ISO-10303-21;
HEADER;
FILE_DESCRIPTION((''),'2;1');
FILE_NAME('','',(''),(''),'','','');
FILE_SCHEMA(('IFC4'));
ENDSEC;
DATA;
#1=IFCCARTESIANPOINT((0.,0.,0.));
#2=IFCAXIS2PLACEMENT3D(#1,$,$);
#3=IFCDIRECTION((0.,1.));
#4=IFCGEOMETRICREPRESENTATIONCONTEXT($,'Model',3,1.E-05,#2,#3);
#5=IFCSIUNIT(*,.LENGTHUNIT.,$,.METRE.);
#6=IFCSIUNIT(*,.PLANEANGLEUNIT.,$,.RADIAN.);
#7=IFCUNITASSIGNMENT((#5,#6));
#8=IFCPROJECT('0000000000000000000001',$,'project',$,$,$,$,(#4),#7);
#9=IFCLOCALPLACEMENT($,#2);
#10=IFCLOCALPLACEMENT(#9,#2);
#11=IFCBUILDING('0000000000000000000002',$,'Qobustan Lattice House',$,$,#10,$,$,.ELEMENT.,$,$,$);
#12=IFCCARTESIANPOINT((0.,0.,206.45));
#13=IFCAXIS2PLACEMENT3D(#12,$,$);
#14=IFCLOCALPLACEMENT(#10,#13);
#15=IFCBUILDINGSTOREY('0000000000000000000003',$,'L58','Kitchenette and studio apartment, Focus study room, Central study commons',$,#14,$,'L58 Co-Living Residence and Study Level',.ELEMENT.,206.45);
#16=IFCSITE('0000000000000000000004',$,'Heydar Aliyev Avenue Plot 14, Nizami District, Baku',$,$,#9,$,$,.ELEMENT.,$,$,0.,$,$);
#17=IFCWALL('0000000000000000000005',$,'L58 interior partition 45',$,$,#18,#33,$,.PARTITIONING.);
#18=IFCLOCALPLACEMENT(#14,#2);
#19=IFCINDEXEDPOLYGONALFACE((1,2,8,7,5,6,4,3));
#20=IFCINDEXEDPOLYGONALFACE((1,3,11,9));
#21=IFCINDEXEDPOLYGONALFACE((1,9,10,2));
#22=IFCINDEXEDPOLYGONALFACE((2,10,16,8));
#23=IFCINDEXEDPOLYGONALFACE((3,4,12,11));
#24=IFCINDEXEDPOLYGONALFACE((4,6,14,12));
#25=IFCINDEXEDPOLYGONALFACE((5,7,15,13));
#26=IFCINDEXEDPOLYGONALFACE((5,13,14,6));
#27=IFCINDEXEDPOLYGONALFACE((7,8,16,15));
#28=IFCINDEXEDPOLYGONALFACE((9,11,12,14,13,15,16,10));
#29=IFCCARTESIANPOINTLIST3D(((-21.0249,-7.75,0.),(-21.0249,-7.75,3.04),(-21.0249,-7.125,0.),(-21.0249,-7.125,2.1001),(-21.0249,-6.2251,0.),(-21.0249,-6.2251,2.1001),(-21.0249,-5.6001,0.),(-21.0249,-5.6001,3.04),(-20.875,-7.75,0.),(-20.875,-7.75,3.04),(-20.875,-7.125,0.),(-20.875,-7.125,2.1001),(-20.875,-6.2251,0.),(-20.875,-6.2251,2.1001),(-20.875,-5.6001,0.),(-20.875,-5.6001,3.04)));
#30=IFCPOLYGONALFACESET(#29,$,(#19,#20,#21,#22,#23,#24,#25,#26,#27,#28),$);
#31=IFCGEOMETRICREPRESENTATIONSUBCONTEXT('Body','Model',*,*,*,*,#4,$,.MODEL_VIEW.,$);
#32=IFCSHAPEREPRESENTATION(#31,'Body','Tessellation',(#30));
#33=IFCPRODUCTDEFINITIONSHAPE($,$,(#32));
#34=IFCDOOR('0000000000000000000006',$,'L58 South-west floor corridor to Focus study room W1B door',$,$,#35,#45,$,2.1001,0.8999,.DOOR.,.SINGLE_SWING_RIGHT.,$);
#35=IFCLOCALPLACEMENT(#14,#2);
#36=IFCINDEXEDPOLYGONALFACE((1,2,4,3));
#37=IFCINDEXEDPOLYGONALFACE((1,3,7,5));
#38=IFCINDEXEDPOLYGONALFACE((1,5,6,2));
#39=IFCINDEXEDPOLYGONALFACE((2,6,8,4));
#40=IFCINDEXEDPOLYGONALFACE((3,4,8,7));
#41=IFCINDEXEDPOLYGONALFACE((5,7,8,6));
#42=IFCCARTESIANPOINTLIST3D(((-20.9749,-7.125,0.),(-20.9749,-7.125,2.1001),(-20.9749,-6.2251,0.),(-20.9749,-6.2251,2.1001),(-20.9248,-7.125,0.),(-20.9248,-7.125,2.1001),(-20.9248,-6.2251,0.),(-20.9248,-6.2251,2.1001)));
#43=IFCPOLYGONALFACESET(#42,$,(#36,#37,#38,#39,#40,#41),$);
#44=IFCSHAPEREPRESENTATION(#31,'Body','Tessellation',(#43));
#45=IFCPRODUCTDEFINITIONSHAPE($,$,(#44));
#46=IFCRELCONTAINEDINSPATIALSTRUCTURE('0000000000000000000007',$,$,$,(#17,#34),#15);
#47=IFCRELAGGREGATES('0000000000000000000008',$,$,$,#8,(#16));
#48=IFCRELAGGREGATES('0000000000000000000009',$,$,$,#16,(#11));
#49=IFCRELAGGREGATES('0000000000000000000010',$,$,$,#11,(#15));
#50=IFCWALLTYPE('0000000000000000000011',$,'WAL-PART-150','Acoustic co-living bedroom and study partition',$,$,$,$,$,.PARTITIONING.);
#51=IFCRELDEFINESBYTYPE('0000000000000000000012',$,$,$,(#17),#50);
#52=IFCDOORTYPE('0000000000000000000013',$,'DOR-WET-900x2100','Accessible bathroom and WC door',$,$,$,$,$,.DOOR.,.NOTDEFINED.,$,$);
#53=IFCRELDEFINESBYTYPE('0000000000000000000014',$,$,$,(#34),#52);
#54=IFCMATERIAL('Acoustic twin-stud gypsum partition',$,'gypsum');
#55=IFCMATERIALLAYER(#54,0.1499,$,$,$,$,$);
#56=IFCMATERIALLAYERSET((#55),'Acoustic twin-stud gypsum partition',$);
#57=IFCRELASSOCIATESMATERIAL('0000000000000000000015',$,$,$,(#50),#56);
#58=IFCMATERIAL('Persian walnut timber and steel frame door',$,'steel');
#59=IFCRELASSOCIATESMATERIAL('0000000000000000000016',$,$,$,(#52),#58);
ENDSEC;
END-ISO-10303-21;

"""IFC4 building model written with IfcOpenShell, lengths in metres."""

from ifc_helpers import new_model, si_unit, direction, frame, frame_2d, origin, place, context, subcontext, project, spatial, rectangle, extrude, material, layer, layer_set, type_object, element, fill, save


model = new_model("IFC4")

# Units and contexts
model_context = context("Model", 3, precision=1e-05, world=origin(), true_north=direction((0.0, 1.0)))
body_context = subcontext(model_context, "Body", "Model", "MODEL_VIEW")
ifc_project = project(units=[si_unit("LENGTHUNIT", "METRE"), si_unit("PLANEANGLEUNIT", "RADIAN")], contexts=[model_context])

# Site, building, storey
site_placement = place(None, origin())
site = spatial("IfcSite", under=ifc_project, at=site_placement, Name="Heydar Aliyev Avenue Plot 14, Nizami District, Baku", CompositionType="ELEMENT", RefElevation=0.0)
building_placement = place(site_placement, origin())
building = spatial("IfcBuilding", under=site, at=building_placement, Name="Qobustan Lattice House", CompositionType="ELEMENT")
storey_placement = place(building_placement, frame((0.0, 0.0, 206.45)))
storey = spatial("IfcBuildingStorey", under=building, at=storey_placement, Name="L58", Description="Kitchenette and studio apartment, Focus study room, Central study commons", LongName="L58 Co-Living Residence and Study Level", CompositionType="ELEMENT", Elevation=206.45)

# Wall, opening, door
ifc_material_1 = material(Name="Acoustic twin-stud gypsum partition", Category="gypsum")
ifc_layer_1 = layer(ifc_material_1, 0.1499)
ifc_layer_set_1 = layer_set([ifc_layer_1], Name="Acoustic twin-stud gypsum partition")
wall_type_1 = type_object("IfcWallType", Name="WAL-PART-150", Description="Acoustic co-living bedroom and study partition", PredefinedType="PARTITIONING", material=ifc_layer_set_1)
wall_1_placement = place(storey_placement, frame((-20.95, -7.75, 0.0), z_axis=(0.0, 0.0, 1.0), x_axis=(0.0, 1.0, 0.0)))
wall_1 = element("IfcWall", 1, at=wall_1_placement, inside=storey, type_object=wall_type_1, Name="L58 interior partition 45", PredefinedType="PARTITIONING", context=body_context, shape_type="SweptSolid", body=[
    extrude(rectangle(XDim=2.1499, YDim=0.1499, at=frame_2d((1.075, 0.0))), origin(), (0.0, 0.0, 1.0), 3.04),
])
opening_1_placement = place(wall_1_placement, frame((0.625, 0.0, 0.0)))
opening_1 = element("IfcOpeningElement", 2, at=opening_1_placement, cuts=wall_1, PredefinedType="OPENING", context=body_context, shape_type="SweptSolid", body=[
    extrude(rectangle(XDim=0.8999, YDim=2.1001, at=frame_2d((0.45, 1.05))), frame((0.0, 0.085, 0.0), z_axis=(0.0, -1.0, 0.0), x_axis=(1.0, 0.0, 0.0)), (0.0, 0.0, 1.0), 0.1699),
])
ifc_material_2 = material(Name="Persian walnut timber and steel frame door", Category="steel")
door_type = type_object("IfcDoorType", Name="DOR-WET-900x2100", Description="Accessible bathroom and WC door", OperationType="NOTDEFINED", PredefinedType="DOOR", material=ifc_material_2)
door_placement = place(opening_1_placement, origin())
door = element("IfcDoor", 3, at=door_placement, inside=storey, type_object=door_type, Name="L58 South-west floor corridor to Focus study room W1B door", OperationType="SINGLE_SWING_RIGHT", OverallHeight=2.1001, OverallWidth=0.8999, PredefinedType="DOOR", context=body_context, shape_type="SweptSolid", body=[
    extrude(rectangle(XDim=0.8999, YDim=2.1001, at=frame_2d((0.45, 1.05))), frame((0.0, 0.0249, 0.0), z_axis=(0.0, -1.0, 0.0), x_axis=(1.0, 0.0, 0.0)), (0.0, 0.0, 1.0), 0.05),
])
fill(opening_1, door)

save(model, "model.ifc")
